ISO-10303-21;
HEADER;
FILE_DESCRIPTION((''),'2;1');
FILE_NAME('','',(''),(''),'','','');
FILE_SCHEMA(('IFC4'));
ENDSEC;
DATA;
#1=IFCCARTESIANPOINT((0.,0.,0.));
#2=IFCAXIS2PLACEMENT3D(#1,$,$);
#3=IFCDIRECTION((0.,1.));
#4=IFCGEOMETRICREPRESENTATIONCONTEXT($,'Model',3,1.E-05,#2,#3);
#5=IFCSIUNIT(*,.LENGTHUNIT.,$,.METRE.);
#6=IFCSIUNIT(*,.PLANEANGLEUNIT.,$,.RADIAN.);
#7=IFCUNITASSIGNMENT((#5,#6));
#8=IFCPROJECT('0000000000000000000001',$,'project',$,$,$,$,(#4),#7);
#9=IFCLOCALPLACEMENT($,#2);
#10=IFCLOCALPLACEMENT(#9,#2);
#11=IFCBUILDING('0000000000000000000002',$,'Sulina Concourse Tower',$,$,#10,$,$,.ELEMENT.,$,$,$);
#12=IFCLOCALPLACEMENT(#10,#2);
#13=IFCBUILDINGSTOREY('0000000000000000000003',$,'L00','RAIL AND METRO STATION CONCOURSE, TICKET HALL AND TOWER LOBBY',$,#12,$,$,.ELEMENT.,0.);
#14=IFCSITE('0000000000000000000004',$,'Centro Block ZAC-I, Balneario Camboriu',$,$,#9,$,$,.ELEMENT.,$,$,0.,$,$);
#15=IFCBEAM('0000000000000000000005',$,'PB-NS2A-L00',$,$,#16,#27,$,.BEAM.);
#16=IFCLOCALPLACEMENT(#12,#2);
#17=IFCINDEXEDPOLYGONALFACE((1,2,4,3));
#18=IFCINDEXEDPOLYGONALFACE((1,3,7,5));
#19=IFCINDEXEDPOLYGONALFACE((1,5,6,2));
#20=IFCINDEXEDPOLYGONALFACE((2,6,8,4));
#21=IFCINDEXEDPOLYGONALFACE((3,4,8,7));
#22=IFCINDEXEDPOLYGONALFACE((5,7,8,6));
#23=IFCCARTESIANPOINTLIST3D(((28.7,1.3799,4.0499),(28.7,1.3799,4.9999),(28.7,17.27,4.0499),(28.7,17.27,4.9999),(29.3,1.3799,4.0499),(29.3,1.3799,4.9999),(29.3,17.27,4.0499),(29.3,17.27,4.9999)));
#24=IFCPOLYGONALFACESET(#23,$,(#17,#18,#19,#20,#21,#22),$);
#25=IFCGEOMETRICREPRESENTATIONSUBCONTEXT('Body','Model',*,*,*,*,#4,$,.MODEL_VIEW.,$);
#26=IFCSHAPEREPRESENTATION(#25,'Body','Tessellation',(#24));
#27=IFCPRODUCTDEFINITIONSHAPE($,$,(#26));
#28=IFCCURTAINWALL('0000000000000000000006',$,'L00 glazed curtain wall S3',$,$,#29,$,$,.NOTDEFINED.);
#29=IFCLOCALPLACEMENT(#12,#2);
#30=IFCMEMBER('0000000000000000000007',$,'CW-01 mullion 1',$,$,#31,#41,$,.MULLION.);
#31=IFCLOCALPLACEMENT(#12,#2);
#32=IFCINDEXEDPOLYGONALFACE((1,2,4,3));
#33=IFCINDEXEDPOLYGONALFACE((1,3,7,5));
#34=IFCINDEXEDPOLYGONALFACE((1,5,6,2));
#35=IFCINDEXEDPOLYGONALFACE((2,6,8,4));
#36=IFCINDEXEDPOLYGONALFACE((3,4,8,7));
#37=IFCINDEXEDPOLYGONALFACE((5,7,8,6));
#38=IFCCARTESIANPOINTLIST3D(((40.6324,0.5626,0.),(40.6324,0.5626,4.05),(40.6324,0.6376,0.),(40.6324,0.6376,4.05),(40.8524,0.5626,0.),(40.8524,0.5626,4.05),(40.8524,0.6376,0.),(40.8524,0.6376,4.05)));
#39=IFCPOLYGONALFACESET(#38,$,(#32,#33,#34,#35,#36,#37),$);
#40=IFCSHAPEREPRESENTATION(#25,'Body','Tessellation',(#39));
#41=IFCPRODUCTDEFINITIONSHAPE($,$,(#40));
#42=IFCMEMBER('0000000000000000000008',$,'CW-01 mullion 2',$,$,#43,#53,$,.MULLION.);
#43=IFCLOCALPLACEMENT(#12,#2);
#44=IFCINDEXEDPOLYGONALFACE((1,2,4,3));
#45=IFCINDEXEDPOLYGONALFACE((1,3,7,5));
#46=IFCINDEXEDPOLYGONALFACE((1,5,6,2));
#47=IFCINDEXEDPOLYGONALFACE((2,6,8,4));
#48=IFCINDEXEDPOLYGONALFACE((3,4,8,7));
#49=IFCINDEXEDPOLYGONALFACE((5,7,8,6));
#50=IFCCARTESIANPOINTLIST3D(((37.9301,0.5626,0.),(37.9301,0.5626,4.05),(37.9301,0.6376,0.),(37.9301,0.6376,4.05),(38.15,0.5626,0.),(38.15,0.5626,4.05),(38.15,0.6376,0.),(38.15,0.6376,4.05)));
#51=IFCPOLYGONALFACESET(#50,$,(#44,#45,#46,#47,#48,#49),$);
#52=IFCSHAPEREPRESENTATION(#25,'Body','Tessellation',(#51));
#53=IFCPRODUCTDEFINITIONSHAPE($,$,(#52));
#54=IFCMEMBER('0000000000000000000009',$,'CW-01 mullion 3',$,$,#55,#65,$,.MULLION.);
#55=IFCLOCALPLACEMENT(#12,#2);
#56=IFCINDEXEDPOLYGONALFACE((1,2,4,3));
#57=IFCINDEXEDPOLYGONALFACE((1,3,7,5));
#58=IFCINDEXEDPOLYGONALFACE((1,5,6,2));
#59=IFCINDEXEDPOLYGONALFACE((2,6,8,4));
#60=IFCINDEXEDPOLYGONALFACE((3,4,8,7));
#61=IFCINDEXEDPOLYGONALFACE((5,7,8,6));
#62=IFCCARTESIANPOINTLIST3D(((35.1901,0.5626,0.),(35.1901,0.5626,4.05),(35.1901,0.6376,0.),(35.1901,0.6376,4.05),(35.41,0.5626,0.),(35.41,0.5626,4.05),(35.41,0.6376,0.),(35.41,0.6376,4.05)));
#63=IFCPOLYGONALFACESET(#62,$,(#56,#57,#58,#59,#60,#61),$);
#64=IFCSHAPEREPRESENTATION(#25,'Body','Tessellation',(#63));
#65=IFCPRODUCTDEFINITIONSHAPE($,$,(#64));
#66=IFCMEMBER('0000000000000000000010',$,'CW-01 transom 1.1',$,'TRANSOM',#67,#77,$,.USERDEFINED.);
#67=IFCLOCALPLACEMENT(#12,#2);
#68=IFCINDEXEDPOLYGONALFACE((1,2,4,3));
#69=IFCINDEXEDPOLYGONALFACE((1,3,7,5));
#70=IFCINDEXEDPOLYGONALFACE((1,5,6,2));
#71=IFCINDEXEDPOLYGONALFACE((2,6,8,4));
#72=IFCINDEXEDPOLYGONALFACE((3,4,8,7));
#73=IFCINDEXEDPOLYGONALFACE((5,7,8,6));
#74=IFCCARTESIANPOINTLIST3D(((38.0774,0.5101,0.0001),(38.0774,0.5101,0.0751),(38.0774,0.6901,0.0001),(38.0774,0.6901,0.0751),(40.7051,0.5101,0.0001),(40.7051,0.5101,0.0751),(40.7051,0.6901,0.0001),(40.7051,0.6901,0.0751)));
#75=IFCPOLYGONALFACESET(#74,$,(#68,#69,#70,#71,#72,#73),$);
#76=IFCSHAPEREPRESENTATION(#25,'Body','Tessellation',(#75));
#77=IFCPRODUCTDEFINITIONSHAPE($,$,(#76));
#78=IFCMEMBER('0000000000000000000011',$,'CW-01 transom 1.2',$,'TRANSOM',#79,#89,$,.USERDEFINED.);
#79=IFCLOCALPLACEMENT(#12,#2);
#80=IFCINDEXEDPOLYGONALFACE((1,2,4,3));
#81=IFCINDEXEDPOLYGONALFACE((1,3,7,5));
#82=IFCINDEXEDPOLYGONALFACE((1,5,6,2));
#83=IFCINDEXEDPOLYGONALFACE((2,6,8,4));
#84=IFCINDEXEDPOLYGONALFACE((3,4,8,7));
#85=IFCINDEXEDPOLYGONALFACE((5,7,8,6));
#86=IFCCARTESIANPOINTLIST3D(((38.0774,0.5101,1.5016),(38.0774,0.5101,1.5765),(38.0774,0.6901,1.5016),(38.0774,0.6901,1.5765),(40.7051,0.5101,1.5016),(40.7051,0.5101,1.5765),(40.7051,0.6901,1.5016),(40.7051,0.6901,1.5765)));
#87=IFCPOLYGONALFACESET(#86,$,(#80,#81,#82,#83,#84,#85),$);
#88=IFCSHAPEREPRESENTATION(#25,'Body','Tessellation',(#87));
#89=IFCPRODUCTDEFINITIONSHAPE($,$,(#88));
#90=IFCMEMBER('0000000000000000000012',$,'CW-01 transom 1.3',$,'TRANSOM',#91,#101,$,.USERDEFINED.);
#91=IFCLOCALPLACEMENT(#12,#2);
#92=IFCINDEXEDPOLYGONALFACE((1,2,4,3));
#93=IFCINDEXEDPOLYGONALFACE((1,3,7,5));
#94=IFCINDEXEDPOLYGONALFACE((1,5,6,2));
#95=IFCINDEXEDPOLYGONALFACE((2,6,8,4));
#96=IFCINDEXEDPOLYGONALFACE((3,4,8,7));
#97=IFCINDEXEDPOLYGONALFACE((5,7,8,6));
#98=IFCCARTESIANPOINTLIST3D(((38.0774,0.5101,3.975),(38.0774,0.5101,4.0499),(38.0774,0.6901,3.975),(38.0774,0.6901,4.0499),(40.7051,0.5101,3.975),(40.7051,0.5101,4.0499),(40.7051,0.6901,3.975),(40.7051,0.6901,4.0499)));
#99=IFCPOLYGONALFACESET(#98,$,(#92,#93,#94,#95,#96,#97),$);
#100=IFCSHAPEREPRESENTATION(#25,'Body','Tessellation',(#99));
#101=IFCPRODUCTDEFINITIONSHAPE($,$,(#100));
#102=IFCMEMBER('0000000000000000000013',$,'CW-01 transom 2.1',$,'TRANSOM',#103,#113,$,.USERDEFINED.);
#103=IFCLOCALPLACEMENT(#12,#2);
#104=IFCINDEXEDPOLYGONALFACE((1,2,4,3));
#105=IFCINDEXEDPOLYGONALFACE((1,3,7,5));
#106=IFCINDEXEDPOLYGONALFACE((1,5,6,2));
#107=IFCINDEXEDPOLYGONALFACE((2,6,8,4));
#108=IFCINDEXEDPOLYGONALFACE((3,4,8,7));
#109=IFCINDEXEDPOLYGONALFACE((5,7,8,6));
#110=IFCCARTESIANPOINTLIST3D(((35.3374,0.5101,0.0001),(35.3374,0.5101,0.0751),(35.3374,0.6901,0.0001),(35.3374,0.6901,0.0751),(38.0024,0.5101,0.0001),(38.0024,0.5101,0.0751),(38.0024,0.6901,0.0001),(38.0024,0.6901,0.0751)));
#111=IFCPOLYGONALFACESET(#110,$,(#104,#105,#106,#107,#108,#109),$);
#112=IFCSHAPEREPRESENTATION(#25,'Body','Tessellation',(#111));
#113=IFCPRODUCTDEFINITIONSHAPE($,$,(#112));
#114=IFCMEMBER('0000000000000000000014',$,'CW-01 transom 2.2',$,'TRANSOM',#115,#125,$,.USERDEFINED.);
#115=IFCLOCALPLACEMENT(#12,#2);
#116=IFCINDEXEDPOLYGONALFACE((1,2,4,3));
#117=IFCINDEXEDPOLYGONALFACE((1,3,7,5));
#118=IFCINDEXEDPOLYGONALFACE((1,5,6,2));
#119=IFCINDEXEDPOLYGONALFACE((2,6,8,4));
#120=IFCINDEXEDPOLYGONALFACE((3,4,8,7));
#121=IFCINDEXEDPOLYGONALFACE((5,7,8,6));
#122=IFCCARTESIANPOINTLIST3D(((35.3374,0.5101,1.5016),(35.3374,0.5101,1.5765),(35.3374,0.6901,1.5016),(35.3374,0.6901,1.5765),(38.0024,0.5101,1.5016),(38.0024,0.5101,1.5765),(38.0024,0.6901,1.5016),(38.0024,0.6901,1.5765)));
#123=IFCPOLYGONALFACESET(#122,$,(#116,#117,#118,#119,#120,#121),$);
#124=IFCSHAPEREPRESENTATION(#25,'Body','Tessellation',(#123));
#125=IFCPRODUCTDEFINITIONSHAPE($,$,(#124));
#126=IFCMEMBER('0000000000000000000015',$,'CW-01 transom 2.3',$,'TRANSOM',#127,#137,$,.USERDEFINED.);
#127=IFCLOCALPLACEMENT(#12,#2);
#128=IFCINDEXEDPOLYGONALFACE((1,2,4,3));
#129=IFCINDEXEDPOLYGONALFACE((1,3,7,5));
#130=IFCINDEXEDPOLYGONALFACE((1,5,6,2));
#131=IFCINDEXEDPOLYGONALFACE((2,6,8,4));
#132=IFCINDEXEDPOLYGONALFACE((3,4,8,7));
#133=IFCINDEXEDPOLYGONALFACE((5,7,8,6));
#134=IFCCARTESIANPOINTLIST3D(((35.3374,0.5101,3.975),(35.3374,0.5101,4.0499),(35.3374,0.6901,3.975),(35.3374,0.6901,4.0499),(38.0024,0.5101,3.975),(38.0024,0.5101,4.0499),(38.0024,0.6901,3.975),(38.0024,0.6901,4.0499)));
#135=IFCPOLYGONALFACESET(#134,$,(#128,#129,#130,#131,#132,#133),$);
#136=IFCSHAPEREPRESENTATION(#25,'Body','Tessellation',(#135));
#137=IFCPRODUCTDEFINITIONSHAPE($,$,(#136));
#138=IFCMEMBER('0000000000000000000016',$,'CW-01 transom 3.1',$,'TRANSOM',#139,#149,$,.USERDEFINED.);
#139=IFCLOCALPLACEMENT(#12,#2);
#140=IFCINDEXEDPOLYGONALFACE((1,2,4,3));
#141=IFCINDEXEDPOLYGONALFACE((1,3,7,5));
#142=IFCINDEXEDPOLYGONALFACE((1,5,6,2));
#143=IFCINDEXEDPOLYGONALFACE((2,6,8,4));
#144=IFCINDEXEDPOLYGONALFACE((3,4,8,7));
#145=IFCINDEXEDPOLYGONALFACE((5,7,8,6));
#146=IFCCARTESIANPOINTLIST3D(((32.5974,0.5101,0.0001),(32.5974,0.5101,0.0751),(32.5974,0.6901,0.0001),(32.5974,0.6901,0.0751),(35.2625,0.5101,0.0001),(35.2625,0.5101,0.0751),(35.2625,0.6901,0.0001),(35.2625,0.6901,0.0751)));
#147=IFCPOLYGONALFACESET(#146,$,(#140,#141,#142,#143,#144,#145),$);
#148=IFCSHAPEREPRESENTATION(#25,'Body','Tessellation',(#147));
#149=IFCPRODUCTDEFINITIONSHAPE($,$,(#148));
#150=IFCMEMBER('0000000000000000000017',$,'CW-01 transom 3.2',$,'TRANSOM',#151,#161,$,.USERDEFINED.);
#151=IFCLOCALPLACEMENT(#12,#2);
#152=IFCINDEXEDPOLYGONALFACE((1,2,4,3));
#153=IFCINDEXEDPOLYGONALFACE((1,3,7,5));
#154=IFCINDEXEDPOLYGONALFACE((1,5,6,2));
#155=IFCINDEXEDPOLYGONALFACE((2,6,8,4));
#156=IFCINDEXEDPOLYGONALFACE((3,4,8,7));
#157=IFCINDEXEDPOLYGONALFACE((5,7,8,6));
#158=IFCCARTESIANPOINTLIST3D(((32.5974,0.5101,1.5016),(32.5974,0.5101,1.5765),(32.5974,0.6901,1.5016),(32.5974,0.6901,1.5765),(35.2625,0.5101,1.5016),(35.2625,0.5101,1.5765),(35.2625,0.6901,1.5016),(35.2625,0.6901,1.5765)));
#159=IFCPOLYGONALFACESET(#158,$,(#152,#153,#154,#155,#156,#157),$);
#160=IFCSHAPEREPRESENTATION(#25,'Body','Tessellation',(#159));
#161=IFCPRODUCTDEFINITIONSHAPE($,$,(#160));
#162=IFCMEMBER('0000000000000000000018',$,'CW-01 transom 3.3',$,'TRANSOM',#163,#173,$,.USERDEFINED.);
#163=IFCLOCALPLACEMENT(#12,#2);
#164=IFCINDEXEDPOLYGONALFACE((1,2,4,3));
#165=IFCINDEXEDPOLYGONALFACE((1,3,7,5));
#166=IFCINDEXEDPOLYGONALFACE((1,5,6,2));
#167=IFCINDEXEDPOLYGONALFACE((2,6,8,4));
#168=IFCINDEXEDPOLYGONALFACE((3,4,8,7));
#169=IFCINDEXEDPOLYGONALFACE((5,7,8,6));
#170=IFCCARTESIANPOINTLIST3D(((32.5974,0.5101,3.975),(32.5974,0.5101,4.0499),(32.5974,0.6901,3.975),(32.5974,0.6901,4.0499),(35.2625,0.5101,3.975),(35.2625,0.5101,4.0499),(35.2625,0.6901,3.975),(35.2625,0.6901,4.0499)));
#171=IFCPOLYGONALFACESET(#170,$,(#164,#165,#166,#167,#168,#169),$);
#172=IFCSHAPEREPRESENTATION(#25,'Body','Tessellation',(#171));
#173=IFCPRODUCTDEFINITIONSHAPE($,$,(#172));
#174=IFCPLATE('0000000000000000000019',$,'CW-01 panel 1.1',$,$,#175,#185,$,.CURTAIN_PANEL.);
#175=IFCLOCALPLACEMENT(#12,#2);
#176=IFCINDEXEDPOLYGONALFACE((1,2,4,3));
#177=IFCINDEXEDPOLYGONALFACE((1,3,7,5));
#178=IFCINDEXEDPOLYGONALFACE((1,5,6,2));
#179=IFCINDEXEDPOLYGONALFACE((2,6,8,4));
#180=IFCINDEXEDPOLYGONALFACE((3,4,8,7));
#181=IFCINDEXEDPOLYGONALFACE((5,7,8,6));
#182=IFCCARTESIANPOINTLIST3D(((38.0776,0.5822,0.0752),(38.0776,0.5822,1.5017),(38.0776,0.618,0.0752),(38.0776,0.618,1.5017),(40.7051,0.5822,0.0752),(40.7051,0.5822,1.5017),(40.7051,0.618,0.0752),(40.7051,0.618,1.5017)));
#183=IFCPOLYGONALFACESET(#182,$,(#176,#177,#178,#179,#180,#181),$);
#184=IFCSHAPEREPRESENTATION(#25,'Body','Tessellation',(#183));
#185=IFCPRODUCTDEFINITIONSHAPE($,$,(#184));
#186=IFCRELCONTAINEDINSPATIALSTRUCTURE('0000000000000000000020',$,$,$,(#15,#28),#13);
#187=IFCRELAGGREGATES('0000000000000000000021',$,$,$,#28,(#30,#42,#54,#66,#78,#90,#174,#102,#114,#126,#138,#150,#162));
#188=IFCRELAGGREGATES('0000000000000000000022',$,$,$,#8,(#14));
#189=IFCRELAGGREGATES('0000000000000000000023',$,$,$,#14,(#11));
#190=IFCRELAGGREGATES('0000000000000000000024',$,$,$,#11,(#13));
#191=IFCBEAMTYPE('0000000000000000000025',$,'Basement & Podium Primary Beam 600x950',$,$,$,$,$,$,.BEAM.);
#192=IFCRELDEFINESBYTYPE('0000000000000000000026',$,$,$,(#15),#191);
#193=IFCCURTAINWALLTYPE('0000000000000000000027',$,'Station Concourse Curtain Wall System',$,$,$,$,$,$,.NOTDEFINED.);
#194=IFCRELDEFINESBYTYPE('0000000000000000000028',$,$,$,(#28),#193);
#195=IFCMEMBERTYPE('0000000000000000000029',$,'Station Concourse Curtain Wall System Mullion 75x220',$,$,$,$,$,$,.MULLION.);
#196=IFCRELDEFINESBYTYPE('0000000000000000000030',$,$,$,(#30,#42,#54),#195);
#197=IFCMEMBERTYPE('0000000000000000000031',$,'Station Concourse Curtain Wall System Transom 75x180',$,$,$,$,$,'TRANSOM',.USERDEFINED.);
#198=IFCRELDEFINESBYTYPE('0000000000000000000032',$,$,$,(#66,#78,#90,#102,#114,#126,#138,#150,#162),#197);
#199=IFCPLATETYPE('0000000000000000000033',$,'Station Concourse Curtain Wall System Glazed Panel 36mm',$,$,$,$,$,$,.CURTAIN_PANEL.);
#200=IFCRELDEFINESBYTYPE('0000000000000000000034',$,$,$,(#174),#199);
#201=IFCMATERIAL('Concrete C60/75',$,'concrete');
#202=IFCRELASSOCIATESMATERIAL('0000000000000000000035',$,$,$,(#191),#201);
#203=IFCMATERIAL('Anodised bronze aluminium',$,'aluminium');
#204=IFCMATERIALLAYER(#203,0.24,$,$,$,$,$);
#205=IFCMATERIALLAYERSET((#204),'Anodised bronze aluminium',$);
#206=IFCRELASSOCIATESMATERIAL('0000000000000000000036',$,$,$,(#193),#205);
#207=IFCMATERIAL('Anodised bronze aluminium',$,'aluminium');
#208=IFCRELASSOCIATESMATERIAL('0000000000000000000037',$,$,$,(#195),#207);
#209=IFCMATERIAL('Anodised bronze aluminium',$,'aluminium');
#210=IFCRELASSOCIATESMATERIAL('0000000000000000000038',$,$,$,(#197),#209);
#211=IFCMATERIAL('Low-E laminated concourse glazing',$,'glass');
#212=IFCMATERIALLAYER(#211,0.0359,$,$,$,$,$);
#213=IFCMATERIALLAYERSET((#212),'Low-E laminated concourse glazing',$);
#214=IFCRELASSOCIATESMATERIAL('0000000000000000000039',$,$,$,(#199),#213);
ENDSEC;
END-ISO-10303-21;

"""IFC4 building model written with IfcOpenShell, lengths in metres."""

from ifc_helpers import new_model, si_unit, direction, frame, origin, origin_2d, place, context, subcontext, project, spatial, rectangle, extrude, material, layer, layer_set, material_profile, profile_set, type_object, element, aggregate, save


model = new_model("IFC4")

# Units and contexts
model_context = context("Model", 3, precision=1e-05, world=origin(), true_north=direction((0.0, 1.0)))
body_context = subcontext(model_context, "Body", "Model", "MODEL_VIEW")
ifc_project = project(units=[si_unit("LENGTHUNIT", "METRE"), si_unit("PLANEANGLEUNIT", "RADIAN")], contexts=[model_context])

# Site, building, storey
site_placement = place(None, origin())
site = spatial("IfcSite", under=ifc_project, at=site_placement, Name="Centro Block ZAC-I, Balneario Camboriu", CompositionType="ELEMENT", RefElevation=0.0)
building_placement = place(site_placement, origin())
building = spatial("IfcBuilding", under=site, at=building_placement, Name="Sulina Concourse Tower", CompositionType="ELEMENT")
storey_placement = place(building_placement, origin())
storey = spatial("IfcBuildingStorey", under=building, at=storey_placement, Name="L00", Description="RAIL AND METRO STATION CONCOURSE, TICKET HALL AND TOWER LOBBY", CompositionType="ELEMENT", Elevation=0.0)

# Beam
ifc_material_1 = material(Name="Concrete C60/75", Category="concrete")
ifc_material_profile_1 = material_profile(ifc_material_1, rectangle(XDim=0.6001, YDim=0.95, at=origin_2d()), Name="RC 600x950")
ifc_profile_set_1 = profile_set([ifc_material_profile_1], Name="Concrete C60/75")
beam_type = type_object("IfcBeamType", Name="Basement & Podium Primary Beam 600x950", PredefinedType="BEAM", material=ifc_profile_set_1)
beam_placement = place(storey_placement, frame((29.0, 1.3799, 4.5249), z_axis=(0.0, 1.0, 0.0), x_axis=(-1.0, 0.0, 0.0)))
element("IfcBeam", 1, at=beam_placement, inside=storey, type_object=beam_type, Name="PB-NS2A-L00", PredefinedType="BEAM", context=body_context, shape_type="SweptSolid", body=[
    extrude(rectangle(XDim=0.6001, YDim=0.95, at=origin_2d()), origin(), (0.0, 0.0, 1.0), 15.8901),
])

# Curtain wall, members, plate
ifc_material_2 = material(Name="Anodised bronze aluminium", Category="aluminium")
ifc_layer_1 = layer(ifc_material_2, 0.24)
ifc_layer_set_1 = layer_set([ifc_layer_1], Name="Anodised bronze aluminium")
curtain_wall_type = type_object("IfcCurtainWallType", Name="Station Concourse Curtain Wall System", PredefinedType="NOTDEFINED", material=ifc_layer_set_1)
curtain_wall_placement = place(storey_placement, origin())
curtain_wall = element("IfcCurtainWall", 2, at=curtain_wall_placement, inside=storey, type_object=curtain_wall_type, Name="L00 glazed curtain wall S3", PredefinedType="NOTDEFINED")
ifc_material_3 = material(Name="Anodised bronze aluminium", Category="aluminium")
ifc_material_profile_2 = material_profile(ifc_material_3, rectangle(XDim=0.075, YDim=0.22, at=origin_2d()), Name="MUL 75x220")
ifc_profile_set_2 = profile_set([ifc_material_profile_2], Name="Anodised bronze aluminium")
member_type_1 = type_object("IfcMemberType", Name="Station Concourse Curtain Wall System Mullion 75x220", PredefinedType="MULLION", material=ifc_profile_set_2)
member_1_placement = place(storey_placement, frame((40.7424, 0.6001, 0.0), z_axis=(0.0, 0.0, 1.0), x_axis=(0.0, -1.0, 0.0)))
member_1 = element("IfcMember", 3, at=member_1_placement, type_object=member_type_1, Name="CW-01 mullion 1", PredefinedType="MULLION", context=body_context, shape_type="SweptSolid", body=[
    extrude(rectangle(XDim=0.075, YDim=0.22, at=origin_2d()), origin(), (0.0, 0.0, 1.0), 4.05),
])
member_2_placement = place(storey_placement, frame((38.04, 0.6001, 0.0), z_axis=(0.0, 0.0, 1.0), x_axis=(0.0, -1.0, 0.0)))
member_2 = element("IfcMember", 4, at=member_2_placement, type_object=member_type_1, Name="CW-01 mullion 2", PredefinedType="MULLION", context=body_context, shape_type="SweptSolid", body=[
    extrude(rectangle(XDim=0.075, YDim=0.22, at=origin_2d()), origin(), (0.0, 0.0, 1.0), 4.05),
])
member_3_placement = place(storey_placement, frame((35.3, 0.6001, 0.0), z_axis=(0.0, 0.0, 1.0), x_axis=(0.0, -1.0, 0.0)))
member_3 = element("IfcMember", 5, at=member_3_placement, type_object=member_type_1, Name="CW-01 mullion 3", PredefinedType="MULLION", context=body_context, shape_type="SweptSolid", body=[
    extrude(rectangle(XDim=0.075, YDim=0.22, at=origin_2d()), origin(), (0.0, 0.0, 1.0), 4.05),
])
ifc_material_4 = material(Name="Anodised bronze aluminium", Category="aluminium")
ifc_material_profile_3 = material_profile(ifc_material_4, rectangle(XDim=0.1799, YDim=0.075, at=origin_2d()), Name="TRN 75x180")
ifc_profile_set_3 = profile_set([ifc_material_profile_3], Name="Anodised bronze aluminium")
member_type_2 = type_object("IfcMemberType", Name="Station Concourse Curtain Wall System Transom 75x180", ElementType="TRANSOM", PredefinedType="USERDEFINED", material=ifc_profile_set_3)
member_4_placement = place(storey_placement, frame((40.7051, 0.6001, 0.0376), z_axis=(-1.0, 0.0, 0.0), x_axis=(0.0, -1.0, 0.0)))
member_4 = element("IfcMember", 6, at=member_4_placement, type_object=member_type_2, Name="CW-01 transom 1.1", ObjectType="TRANSOM", PredefinedType="USERDEFINED", context=body_context, shape_type="SweptSolid", body=[
    extrude(rectangle(XDim=0.1799, YDim=0.075, at=origin_2d()), origin(), (0.0, 0.0, 1.0), 2.6277),
])
member_5_placement = place(storey_placement, frame((40.7051, 0.6001, 1.5391), z_axis=(-1.0, 0.0, 0.0), x_axis=(0.0, -1.0, 0.0)))
member_5 = element("IfcMember", 7, at=member_5_placement, type_object=member_type_2, Name="CW-01 transom 1.2", ObjectType="TRANSOM", PredefinedType="USERDEFINED", context=body_context, shape_type="SweptSolid", body=[
    extrude(rectangle(XDim=0.1799, YDim=0.075, at=origin_2d()), origin(), (0.0, 0.0, 1.0), 2.6277),
])
member_6_placement = place(storey_placement, frame((40.7051, 0.6001, 4.0125), z_axis=(-1.0, 0.0, 0.0), x_axis=(0.0, -1.0, 0.0)))
member_6 = element("IfcMember", 8, at=member_6_placement, type_object=member_type_2, Name="CW-01 transom 1.3", ObjectType="TRANSOM", PredefinedType="USERDEFINED", context=body_context, shape_type="SweptSolid", body=[
    extrude(rectangle(XDim=0.1799, YDim=0.075, at=origin_2d()), origin(), (0.0, 0.0, 1.0), 2.6277),
])
member_7_placement = place(storey_placement, frame((38.0024, 0.6001, 0.0376), z_axis=(-1.0, 0.0, 0.0), x_axis=(0.0, -1.0, 0.0)))
member_7 = element("IfcMember", 9, at=member_7_placement, type_object=member_type_2, Name="CW-01 transom 2.1", ObjectType="TRANSOM", PredefinedType="USERDEFINED", context=body_context, shape_type="SweptSolid", body=[
    extrude(rectangle(XDim=0.1799, YDim=0.075, at=origin_2d()), origin(), (0.0, 0.0, 1.0), 2.665),
])
member_8_placement = place(storey_placement, frame((38.0024, 0.6001, 1.5391), z_axis=(-1.0, 0.0, 0.0), x_axis=(0.0, -1.0, 0.0)))
member_8 = element("IfcMember", 10, at=member_8_placement, type_object=member_type_2, Name="CW-01 transom 2.2", ObjectType="TRANSOM", PredefinedType="USERDEFINED", context=body_context, shape_type="SweptSolid", body=[
    extrude(rectangle(XDim=0.1799, YDim=0.075, at=origin_2d()), origin(), (0.0, 0.0, 1.0), 2.665),
])
member_9_placement = place(storey_placement, frame((38.0024, 0.6001, 4.0125), z_axis=(-1.0, 0.0, 0.0), x_axis=(0.0, -1.0, 0.0)))
member_9 = element("IfcMember", 11, at=member_9_placement, type_object=member_type_2, Name="CW-01 transom 2.3", ObjectType="TRANSOM", PredefinedType="USERDEFINED", context=body_context, shape_type="SweptSolid", body=[
    extrude(rectangle(XDim=0.1799, YDim=0.075, at=origin_2d()), origin(), (0.0, 0.0, 1.0), 2.665),
])
member_10_placement = place(storey_placement, frame((35.2625, 0.6001, 0.0376), z_axis=(-1.0, 0.0, 0.0), x_axis=(0.0, -1.0, 0.0)))
member_10 = element("IfcMember", 12, at=member_10_placement, type_object=member_type_2, Name="CW-01 transom 3.1", ObjectType="TRANSOM", PredefinedType="USERDEFINED", context=body_context, shape_type="SweptSolid", body=[
    extrude(rectangle(XDim=0.1799, YDim=0.075, at=origin_2d()), origin(), (0.0, 0.0, 1.0), 2.665),
])
member_11_placement = place(storey_placement, frame((35.2625, 0.6001, 1.5391), z_axis=(-1.0, 0.0, 0.0), x_axis=(0.0, -1.0, 0.0)))
member_11 = element("IfcMember", 13, at=member_11_placement, type_object=member_type_2, Name="CW-01 transom 3.2", ObjectType="TRANSOM", PredefinedType="USERDEFINED", context=body_context, shape_type="SweptSolid", body=[
    extrude(rectangle(XDim=0.1799, YDim=0.075, at=origin_2d()), origin(), (0.0, 0.0, 1.0), 2.665),
])
member_12_placement = place(storey_placement, frame((35.2625, 0.6001, 4.0125), z_axis=(-1.0, 0.0, 0.0), x_axis=(0.0, -1.0, 0.0)))
member_12 = element("IfcMember", 14, at=member_12_placement, type_object=member_type_2, Name="CW-01 transom 3.3", ObjectType="TRANSOM", PredefinedType="USERDEFINED", context=body_context, shape_type="SweptSolid", body=[
    extrude(rectangle(XDim=0.1799, YDim=0.075, at=origin_2d()), origin(), (0.0, 0.0, 1.0), 2.665),
])
ifc_material_5 = material(Name="Low-E laminated concourse glazing", Category="glass")
ifc_layer_2 = layer(ifc_material_5, 0.0359)
ifc_layer_set_2 = layer_set([ifc_layer_2], Name="Low-E laminated concourse glazing")
plate_type = type_object("IfcPlateType", Name="Station Concourse Curtain Wall System Glazed Panel 36mm", PredefinedType="CURTAIN_PANEL", material=ifc_layer_set_2)
plate_1_placement = place(storey_placement, frame((39.3914, 0.6001, 0.0752), z_axis=(0.0, 0.0, 1.0), x_axis=(-1.0, 0.0, 0.0)))
plate_1 = element("IfcPlate", 15, at=plate_1_placement, type_object=plate_type, Name="CW-01 panel 1.1", PredefinedType="CURTAIN_PANEL", context=body_context, shape_type="SweptSolid", body=[
    extrude(rectangle(XDim=2.6274, YDim=0.0359, at=origin_2d()), origin(), (0.0, 0.0, 1.0), 1.4265),
])
aggregate(curtain_wall, [member_1, member_2, member_3, member_4, member_5, member_6, plate_1, member_7, member_8, member_9, member_10, member_11, member_12])

save(model, "model.ifc")
